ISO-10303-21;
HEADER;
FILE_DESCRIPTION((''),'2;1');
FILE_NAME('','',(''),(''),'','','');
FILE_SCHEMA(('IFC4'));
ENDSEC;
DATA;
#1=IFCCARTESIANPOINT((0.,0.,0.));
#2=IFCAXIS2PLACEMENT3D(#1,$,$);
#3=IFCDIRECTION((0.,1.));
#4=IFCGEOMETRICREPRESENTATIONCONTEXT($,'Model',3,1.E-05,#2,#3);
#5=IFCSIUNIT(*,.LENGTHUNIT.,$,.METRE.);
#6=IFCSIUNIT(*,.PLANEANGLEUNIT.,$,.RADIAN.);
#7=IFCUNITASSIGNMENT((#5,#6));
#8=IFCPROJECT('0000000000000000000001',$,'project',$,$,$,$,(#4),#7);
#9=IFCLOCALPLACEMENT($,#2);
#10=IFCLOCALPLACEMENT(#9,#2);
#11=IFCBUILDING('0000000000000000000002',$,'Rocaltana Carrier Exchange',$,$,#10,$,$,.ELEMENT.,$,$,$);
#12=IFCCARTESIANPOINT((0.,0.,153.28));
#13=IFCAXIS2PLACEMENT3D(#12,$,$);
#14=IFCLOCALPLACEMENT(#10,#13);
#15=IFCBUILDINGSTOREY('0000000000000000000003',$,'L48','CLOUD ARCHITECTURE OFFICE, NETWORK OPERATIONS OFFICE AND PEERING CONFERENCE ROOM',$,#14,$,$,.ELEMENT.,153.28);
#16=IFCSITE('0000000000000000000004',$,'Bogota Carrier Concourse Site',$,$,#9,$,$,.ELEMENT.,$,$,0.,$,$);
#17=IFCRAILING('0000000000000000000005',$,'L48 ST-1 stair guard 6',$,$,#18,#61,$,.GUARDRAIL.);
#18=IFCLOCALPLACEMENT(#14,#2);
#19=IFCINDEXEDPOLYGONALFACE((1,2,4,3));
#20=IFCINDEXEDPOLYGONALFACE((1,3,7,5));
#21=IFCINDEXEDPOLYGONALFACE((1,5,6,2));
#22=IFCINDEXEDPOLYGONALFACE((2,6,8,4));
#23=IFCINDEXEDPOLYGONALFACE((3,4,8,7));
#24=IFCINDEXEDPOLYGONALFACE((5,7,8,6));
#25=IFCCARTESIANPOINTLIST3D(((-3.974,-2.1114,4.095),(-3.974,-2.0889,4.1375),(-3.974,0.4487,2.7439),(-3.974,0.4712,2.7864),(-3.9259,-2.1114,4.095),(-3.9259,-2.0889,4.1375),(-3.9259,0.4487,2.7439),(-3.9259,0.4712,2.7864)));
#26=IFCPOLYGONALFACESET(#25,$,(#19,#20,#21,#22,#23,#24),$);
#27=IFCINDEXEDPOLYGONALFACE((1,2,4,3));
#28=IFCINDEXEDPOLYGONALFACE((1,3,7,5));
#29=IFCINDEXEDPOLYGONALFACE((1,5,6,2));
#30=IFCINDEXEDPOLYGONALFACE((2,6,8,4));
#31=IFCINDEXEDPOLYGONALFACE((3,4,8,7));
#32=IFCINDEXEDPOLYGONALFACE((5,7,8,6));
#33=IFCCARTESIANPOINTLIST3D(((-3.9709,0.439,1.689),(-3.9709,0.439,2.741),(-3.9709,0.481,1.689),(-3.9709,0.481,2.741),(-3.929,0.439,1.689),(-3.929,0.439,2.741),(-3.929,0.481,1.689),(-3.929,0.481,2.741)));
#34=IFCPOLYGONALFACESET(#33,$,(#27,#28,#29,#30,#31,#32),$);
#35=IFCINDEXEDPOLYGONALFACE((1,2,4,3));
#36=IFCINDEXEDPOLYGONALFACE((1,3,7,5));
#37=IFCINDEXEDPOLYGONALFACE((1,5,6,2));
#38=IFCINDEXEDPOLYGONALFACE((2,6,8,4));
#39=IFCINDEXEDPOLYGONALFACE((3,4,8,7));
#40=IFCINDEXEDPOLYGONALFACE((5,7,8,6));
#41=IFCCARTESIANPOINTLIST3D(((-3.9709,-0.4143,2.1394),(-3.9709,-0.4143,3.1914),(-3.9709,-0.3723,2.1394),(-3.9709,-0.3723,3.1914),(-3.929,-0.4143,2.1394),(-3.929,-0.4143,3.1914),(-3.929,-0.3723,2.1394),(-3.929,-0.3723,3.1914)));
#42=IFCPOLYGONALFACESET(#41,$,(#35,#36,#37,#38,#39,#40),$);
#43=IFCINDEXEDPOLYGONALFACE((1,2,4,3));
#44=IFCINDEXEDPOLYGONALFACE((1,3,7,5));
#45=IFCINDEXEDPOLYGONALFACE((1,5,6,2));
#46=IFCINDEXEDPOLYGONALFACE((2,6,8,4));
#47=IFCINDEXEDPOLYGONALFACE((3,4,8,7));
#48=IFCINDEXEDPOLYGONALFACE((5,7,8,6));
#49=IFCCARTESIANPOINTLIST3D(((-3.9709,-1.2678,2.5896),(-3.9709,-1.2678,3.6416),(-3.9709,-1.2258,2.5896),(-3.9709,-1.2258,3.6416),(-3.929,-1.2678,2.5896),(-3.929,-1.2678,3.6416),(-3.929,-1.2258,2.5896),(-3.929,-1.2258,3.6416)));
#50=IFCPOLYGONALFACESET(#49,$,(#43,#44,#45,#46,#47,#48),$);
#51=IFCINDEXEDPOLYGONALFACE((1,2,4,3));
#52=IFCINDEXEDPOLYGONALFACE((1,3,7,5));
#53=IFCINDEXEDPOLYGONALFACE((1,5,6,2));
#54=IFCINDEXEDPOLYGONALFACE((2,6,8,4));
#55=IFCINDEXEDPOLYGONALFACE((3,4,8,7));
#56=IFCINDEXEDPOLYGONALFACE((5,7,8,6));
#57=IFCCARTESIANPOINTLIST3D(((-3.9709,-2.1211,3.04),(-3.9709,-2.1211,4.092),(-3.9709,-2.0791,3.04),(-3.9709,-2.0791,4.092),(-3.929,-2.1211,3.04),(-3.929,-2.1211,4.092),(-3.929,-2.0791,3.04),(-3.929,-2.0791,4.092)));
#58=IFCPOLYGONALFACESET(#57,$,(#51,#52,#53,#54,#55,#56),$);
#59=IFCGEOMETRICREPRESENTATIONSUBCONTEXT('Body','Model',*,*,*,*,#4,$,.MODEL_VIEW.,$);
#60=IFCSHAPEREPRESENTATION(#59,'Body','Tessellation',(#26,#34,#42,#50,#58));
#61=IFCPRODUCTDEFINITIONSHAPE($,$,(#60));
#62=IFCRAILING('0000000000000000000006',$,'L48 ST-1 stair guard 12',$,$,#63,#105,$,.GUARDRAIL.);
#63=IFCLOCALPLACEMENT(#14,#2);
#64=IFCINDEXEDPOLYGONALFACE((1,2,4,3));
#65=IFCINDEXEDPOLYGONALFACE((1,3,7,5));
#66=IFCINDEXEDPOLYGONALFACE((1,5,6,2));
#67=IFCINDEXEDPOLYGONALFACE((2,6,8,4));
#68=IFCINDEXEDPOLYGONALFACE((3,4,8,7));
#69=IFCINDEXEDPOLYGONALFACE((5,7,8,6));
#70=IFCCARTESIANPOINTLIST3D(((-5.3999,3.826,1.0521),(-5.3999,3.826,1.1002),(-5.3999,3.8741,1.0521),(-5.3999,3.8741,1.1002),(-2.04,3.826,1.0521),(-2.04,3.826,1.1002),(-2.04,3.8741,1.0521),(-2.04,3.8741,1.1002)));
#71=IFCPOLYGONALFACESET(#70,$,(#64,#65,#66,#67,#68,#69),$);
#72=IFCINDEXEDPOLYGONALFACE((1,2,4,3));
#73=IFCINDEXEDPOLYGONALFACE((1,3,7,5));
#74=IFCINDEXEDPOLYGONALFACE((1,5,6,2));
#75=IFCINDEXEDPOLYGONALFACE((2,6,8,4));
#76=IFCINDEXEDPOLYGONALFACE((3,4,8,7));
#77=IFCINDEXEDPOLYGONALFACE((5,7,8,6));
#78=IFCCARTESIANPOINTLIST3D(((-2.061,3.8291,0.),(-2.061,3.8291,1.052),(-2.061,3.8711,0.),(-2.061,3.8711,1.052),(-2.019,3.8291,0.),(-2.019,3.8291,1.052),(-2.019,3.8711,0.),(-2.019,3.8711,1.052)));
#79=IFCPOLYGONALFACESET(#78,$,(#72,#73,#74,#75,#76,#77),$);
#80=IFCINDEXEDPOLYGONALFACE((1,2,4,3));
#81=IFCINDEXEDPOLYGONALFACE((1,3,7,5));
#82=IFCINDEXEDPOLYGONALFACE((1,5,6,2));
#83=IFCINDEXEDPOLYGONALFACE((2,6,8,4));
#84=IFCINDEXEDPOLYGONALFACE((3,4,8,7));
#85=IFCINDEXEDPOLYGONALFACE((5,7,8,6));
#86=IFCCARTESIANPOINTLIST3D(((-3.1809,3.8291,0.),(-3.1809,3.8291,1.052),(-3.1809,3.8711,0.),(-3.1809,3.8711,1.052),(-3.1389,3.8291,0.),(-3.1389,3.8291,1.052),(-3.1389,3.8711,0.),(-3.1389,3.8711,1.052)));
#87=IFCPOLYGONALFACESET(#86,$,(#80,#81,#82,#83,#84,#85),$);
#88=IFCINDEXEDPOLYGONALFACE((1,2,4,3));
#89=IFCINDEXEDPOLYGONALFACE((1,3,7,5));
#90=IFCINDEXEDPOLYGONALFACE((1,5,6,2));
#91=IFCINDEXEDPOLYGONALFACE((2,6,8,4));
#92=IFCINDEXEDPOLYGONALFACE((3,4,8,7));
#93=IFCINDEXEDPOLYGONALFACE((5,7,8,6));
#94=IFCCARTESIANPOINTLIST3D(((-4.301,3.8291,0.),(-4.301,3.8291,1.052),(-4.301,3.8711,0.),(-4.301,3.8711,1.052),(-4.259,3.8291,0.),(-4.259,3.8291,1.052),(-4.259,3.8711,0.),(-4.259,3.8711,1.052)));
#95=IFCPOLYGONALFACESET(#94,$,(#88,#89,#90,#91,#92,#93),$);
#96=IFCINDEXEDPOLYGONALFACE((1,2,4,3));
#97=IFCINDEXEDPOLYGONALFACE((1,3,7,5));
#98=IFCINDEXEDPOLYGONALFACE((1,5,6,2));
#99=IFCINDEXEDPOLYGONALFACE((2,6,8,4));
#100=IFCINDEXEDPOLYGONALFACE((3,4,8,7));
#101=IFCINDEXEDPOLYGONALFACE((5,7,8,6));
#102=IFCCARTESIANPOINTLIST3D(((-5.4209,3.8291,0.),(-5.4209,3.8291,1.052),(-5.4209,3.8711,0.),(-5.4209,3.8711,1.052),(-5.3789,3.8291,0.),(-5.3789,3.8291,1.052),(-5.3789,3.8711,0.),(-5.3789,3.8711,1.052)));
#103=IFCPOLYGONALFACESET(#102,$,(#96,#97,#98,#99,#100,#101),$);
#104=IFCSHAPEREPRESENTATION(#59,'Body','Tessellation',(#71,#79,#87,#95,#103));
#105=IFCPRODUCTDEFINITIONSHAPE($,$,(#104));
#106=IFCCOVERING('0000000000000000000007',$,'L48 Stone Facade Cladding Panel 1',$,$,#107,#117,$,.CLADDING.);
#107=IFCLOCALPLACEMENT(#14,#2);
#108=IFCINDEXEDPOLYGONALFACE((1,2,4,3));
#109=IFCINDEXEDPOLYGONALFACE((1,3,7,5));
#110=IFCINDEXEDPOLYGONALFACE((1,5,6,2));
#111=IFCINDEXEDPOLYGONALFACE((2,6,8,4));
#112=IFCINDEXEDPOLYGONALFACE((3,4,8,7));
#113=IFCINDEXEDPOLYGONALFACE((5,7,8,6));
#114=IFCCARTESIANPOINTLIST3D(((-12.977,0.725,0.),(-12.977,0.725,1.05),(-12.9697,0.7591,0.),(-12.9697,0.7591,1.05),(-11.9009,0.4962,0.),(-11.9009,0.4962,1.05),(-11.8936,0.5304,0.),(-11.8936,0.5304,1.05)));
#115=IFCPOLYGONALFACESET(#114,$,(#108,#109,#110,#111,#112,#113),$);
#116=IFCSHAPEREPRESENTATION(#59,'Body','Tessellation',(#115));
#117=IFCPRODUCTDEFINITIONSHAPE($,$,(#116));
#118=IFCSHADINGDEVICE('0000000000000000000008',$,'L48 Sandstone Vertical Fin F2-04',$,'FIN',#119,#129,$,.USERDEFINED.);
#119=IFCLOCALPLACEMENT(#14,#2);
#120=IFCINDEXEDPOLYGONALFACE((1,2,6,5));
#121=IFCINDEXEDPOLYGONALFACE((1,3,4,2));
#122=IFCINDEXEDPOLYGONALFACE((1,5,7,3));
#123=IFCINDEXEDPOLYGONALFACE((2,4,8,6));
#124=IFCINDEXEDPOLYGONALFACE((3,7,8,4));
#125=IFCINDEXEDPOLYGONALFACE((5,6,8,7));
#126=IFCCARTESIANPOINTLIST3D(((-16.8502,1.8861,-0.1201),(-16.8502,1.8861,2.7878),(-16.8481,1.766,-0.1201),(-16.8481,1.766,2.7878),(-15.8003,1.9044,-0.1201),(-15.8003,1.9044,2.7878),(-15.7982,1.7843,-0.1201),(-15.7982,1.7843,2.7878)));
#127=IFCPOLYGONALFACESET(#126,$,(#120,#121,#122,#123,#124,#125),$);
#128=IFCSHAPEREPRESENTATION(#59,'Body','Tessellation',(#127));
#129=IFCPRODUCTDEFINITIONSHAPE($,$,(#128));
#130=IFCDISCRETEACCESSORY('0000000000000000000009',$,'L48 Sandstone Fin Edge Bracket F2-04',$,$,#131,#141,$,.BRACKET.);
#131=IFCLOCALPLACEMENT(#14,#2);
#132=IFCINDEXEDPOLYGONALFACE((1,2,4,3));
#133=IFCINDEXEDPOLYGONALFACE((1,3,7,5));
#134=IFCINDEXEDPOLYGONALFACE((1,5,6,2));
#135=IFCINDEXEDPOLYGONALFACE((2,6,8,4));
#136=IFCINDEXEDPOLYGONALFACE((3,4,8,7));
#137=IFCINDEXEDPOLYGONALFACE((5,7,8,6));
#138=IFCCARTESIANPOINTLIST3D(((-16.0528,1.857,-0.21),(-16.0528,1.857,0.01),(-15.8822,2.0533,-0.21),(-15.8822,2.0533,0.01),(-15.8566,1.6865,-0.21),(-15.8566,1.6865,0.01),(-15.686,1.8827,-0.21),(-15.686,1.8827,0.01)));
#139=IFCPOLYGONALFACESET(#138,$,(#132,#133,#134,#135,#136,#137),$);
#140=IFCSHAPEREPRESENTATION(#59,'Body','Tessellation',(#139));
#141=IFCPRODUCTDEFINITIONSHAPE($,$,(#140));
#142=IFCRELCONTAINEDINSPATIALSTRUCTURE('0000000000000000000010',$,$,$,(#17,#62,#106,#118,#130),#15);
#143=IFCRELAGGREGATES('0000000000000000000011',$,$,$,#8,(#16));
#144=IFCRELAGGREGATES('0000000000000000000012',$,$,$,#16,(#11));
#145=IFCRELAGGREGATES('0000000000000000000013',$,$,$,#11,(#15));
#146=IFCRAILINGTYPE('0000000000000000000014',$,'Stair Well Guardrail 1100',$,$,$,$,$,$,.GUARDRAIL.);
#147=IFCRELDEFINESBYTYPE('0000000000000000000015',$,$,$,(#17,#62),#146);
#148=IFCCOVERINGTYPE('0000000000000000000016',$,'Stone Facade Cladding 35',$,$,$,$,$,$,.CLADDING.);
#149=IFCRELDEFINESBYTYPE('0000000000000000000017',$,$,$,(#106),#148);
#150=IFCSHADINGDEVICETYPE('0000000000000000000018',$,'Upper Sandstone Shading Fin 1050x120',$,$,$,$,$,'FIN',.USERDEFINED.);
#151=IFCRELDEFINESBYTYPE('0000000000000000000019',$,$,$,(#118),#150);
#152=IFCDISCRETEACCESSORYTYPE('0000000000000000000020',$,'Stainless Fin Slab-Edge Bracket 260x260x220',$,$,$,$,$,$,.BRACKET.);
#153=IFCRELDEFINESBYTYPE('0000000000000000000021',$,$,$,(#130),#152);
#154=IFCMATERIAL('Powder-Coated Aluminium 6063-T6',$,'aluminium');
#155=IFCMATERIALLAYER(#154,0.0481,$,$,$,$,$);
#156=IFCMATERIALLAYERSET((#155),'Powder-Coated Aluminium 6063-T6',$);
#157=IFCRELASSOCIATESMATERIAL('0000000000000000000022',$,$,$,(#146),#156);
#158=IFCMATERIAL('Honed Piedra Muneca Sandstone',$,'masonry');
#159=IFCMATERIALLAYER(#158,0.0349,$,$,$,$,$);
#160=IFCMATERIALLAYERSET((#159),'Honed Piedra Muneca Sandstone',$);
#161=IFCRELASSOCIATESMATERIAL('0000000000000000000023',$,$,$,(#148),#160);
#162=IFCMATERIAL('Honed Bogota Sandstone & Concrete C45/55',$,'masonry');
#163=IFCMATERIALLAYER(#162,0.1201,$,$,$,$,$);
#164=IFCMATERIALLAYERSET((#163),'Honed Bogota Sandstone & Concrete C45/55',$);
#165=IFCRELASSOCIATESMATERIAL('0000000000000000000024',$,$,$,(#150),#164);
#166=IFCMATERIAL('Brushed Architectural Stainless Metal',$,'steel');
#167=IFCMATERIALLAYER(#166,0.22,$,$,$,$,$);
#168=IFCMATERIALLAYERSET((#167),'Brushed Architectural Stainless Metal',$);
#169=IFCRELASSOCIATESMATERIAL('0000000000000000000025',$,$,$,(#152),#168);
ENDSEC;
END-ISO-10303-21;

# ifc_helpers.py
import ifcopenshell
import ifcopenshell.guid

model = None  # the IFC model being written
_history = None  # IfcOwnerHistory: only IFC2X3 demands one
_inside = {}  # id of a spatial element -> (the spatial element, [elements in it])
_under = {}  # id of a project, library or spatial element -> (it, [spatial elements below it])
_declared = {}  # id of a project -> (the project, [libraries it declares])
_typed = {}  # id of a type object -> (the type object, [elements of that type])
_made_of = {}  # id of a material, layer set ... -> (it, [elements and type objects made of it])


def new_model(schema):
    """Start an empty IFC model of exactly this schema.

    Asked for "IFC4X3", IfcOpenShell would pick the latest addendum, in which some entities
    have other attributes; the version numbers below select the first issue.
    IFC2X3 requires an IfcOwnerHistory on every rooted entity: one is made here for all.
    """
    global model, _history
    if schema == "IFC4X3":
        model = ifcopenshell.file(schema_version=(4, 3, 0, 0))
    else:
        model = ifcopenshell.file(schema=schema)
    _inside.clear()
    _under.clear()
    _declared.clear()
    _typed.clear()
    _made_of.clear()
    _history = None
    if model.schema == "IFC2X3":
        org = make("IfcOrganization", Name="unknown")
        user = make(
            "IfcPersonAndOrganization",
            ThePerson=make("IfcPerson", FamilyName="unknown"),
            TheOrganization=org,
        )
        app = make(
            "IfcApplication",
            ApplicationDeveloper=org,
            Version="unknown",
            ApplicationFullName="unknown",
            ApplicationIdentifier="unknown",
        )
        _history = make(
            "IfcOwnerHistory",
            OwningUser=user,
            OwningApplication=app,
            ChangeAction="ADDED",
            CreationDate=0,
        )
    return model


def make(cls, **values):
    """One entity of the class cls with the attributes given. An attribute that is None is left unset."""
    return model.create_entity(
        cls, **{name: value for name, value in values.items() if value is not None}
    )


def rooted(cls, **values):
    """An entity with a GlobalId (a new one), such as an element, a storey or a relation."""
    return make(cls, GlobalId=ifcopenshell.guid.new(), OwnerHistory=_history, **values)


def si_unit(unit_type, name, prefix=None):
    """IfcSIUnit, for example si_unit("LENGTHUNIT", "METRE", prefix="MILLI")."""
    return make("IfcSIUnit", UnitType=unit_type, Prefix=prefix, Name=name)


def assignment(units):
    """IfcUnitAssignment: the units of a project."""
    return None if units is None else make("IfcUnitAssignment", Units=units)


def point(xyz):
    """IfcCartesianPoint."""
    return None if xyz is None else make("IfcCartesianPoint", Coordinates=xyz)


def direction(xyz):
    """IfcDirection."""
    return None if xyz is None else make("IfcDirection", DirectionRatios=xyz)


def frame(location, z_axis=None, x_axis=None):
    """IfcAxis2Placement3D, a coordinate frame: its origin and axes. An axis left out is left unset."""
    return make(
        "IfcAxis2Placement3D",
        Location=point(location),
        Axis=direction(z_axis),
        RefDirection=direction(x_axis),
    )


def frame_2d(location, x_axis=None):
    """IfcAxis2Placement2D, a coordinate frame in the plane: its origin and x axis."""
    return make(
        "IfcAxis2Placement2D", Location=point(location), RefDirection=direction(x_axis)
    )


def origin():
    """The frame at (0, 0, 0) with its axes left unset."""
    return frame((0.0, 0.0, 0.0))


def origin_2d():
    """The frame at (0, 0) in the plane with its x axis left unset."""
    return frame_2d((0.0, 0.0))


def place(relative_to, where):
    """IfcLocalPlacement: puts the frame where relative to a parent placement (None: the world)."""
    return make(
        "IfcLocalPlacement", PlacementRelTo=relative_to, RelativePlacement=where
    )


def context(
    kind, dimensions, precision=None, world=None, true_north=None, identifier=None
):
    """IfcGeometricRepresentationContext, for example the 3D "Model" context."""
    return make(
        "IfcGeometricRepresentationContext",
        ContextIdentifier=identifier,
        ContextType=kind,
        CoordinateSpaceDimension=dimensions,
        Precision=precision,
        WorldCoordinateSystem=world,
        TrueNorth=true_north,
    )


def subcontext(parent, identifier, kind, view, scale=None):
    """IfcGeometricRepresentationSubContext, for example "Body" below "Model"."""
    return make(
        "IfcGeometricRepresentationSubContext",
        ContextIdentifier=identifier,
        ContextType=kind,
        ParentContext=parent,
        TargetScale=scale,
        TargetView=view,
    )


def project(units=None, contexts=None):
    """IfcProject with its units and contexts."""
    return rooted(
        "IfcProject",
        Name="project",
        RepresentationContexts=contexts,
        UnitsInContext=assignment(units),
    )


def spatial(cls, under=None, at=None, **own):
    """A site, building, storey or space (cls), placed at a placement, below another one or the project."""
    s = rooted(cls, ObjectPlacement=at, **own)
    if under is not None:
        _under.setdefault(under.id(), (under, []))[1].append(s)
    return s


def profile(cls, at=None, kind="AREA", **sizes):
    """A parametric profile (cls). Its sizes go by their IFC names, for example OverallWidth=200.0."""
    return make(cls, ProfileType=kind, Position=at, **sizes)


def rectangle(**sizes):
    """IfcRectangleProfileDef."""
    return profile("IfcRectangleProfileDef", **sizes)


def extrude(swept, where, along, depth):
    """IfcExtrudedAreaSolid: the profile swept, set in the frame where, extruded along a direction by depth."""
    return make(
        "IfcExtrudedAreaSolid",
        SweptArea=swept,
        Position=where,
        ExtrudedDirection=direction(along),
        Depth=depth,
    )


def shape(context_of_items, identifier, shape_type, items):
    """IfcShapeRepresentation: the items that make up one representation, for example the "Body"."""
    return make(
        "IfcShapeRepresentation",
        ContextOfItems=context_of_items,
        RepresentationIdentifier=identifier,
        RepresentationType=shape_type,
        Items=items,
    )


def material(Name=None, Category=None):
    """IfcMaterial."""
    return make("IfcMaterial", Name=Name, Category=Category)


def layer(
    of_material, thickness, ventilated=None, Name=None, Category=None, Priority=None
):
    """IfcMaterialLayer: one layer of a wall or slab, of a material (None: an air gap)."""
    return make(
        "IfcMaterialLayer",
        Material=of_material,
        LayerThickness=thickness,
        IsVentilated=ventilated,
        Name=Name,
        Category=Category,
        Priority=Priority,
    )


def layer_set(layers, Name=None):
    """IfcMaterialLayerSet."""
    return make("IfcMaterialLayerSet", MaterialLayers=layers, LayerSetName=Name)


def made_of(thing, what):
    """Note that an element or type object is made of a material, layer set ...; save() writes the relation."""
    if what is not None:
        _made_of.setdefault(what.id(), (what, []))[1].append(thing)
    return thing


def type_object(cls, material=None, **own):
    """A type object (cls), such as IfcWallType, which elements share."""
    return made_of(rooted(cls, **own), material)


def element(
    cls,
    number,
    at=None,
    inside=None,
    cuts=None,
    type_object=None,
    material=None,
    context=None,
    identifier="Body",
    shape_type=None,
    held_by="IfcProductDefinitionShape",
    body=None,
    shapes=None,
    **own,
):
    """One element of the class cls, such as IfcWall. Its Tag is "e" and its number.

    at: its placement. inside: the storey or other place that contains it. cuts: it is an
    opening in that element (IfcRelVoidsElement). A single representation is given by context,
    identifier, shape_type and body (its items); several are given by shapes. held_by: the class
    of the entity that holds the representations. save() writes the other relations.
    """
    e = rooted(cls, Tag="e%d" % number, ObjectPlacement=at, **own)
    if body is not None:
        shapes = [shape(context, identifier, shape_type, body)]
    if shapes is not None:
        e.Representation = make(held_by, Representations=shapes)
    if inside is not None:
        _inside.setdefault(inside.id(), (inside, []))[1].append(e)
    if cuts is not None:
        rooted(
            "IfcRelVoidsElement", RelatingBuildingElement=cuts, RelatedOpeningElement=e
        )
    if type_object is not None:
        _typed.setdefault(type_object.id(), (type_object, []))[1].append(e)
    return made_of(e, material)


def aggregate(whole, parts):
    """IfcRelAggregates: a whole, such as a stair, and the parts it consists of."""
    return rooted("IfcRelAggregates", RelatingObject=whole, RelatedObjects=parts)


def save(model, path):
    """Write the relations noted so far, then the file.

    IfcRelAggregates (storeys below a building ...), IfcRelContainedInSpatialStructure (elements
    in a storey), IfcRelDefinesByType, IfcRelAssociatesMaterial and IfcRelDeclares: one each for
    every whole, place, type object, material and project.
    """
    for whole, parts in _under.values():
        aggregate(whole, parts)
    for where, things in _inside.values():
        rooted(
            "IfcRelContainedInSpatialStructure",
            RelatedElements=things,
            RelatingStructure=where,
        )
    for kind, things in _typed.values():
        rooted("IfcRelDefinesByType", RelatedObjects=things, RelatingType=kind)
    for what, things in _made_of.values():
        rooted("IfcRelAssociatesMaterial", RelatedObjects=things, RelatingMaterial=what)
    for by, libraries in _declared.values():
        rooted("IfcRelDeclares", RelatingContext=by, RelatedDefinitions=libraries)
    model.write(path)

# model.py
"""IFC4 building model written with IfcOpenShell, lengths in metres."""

from ifc_helpers import new_model, si_unit, direction, frame, origin, origin_2d, place, context, subcontext, project, spatial, rectangle, extrude, material, layer, layer_set, type_object, element, save


model = new_model("IFC4")

# Units and contexts
model_context = context("Model", 3, precision=1e-05, world=origin(), true_north=direction((0.0, 1.0)))
body_context = subcontext(model_context, "Body", "Model", "MODEL_VIEW")
ifc_project = project(units=[si_unit("LENGTHUNIT", "METRE"), si_unit("PLANEANGLEUNIT", "RADIAN")], contexts=[model_context])

# Site, building, storey
site_placement = place(None, origin())
site = spatial("IfcSite", under=ifc_project, at=site_placement, Name="Bogota Carrier Concourse Site", CompositionType="ELEMENT", RefElevation=0.0)
building_placement = place(site_placement, origin())
building = spatial("IfcBuilding", under=site, at=building_placement, Name="Rocaltana Carrier Exchange", CompositionType="ELEMENT")
storey_placement = place(building_placement, frame((0.0, 0.0, 153.28)))
storey = spatial("IfcBuildingStorey", under=building, at=storey_placement, Name="L48", Description="CLOUD ARCHITECTURE OFFICE, NETWORK OPERATIONS OFFICE AND PEERING CONFERENCE ROOM", CompositionType="ELEMENT", Elevation=153.28)

# Railings
ifc_material_1 = material(Name="Powder-Coated Aluminium 6063-T6", Category="aluminium")
ifc_layer_1 = layer(ifc_material_1, 0.0481)
ifc_layer_set_1 = layer_set([ifc_layer_1], Name="Powder-Coated Aluminium 6063-T6")
railing_type_1 = type_object("IfcRailingType", Name="Stair Well Guardrail 1100", PredefinedType="GUARDRAIL", material=ifc_layer_set_1)
railing_1_placement = place(storey_placement, frame((-3.95, 0.46, 1.689)))
element("IfcRailing", 1, at=railing_1_placement, inside=storey, type_object=railing_type_1, Name="L48 ST-1 stair guard 6", PredefinedType="GUARDRAIL", context=body_context, shape_type="SweptSolid", body=[
    extrude(rectangle(XDim=0.0481, YDim=0.0481, at=origin_2d()), frame((0.0, 0.0, 1.0762), z_axis=(0.0, -0.884394, 0.46674), x_axis=(1.0, 0.0, 0.0)), (0.0, 0.0, 1.0), 2.8948),
    extrude(rectangle(XDim=0.042, YDim=0.042, at=origin_2d()), origin(), (0.0, 0.0, 1.0), 1.052),
    extrude(rectangle(XDim=0.042, YDim=0.042, at=origin_2d()), frame((0.0, -0.8533, 0.4504)), (0.0, 0.0, 1.0), 1.052),
    extrude(rectangle(XDim=0.042, YDim=0.042, at=origin_2d()), frame((0.0, -1.7068, 0.9006)), (0.0, 0.0, 1.0), 1.052),
    extrude(rectangle(XDim=0.042, YDim=0.042, at=origin_2d()), frame((0.0, -2.5601, 1.3511)), (0.0, 0.0, 1.0), 1.052),
])
railing_2_placement = place(storey_placement, frame((-2.04, 3.8501, 0.0)))
element("IfcRailing", 2, at=railing_2_placement, inside=storey, type_object=railing_type_1, Name="L48 ST-1 stair guard 12", PredefinedType="GUARDRAIL", context=body_context, shape_type="SweptSolid", body=[
    extrude(rectangle(XDim=0.0481, YDim=0.0481, at=origin_2d()), frame((0.0, 0.0, 1.0762), z_axis=(-1.0, 0.0, 0.0), x_axis=(0.0, -1.0, 0.0)), (0.0, 0.0, 1.0), 3.3599),
    extrude(rectangle(XDim=0.042, YDim=0.042, at=origin_2d()), origin(), (0.0, 0.0, 1.0), 1.052),
    extrude(rectangle(XDim=0.042, YDim=0.042, at=origin_2d()), frame((-1.1199, 0.0, 0.0)), (0.0, 0.0, 1.0), 1.052),
    extrude(rectangle(XDim=0.042, YDim=0.042, at=origin_2d()), frame((-2.24, 0.0, 0.0)), (0.0, 0.0, 1.0), 1.052),
    extrude(rectangle(XDim=0.042, YDim=0.042, at=origin_2d()), frame((-3.3599, 0.0, 0.0)), (0.0, 0.0, 1.0), 1.052),
])

# Covering
ifc_material_2 = material(Name="Honed Piedra Muneca Sandstone", Category="masonry")
ifc_layer_2 = layer(ifc_material_2, 0.0349)
ifc_layer_set_2 = layer_set([ifc_layer_2], Name="Honed Piedra Muneca Sandstone")
covering_type_1 = type_object("IfcCoveringType", Name="Stone Facade Cladding 35", PredefinedType="CLADDING", material=ifc_layer_set_2)
covering_1_placement = place(storey_placement, frame((-12.4353, 0.6277, 0.0), z_axis=(0.0, 0.0, 1.0), x_axis=(-0.978148, 0.207912, 0.0)))
element("IfcCovering", 3, at=covering_1_placement, inside=storey, type_object=covering_type_1, Name="L48 Stone Facade Cladding Panel 1", PredefinedType="CLADDING", context=body_context, shape_type="SweptSolid", body=[
    extrude(rectangle(XDim=1.1001, YDim=0.0349, at=origin_2d()), origin(), (0.0, 0.0, 1.0), 1.05),
])

# Shading device
ifc_material_3 = material(Name="Honed Bogota Sandstone & Concrete C45/55", Category="masonry")
ifc_layer_3 = layer(ifc_material_3, 0.1201)
ifc_layer_set_3 = layer_set([ifc_layer_3], Name="Honed Bogota Sandstone & Concrete C45/55")
shading_device_type = type_object("IfcShadingDeviceType", Name="Upper Sandstone Shading Fin 1050x120", ElementType="FIN", PredefinedType="USERDEFINED", material=ifc_layer_set_3)
shading_device_placement = place(storey_placement, frame((-16.3242, 1.8352, -0.1201), z_axis=(0.0, 0.0, 1.0), x_axis=(-0.999848, -0.017452, 0.0)))
element("IfcShadingDevice", 4, at=shading_device_placement, inside=storey, type_object=shading_device_type, Name="L48 Sandstone Vertical Fin F2-04", ObjectType="FIN", PredefinedType="USERDEFINED", context=body_context, shape_type="SweptSolid", body=[
    extrude(rectangle(XDim=1.05, YDim=0.1201, at=origin_2d()), origin(), (0.0, 0.0, 1.0), 2.908),
])

# Discrete accessory
ifc_material_4 = material(Name="Brushed Architectural Stainless Metal", Category="steel")
ifc_layer_4 = layer(ifc_material_4, 0.22)
ifc_layer_set_4 = layer_set([ifc_layer_4], Name="Brushed Architectural Stainless Metal")
discrete_accessory_type = type_object("IfcDiscreteAccessoryType", Name="Stainless Fin Slab-Edge Bracket 260x260x220", PredefinedType="BRACKET", material=ifc_layer_set_4)
discrete_accessory_placement = place(storey_placement, frame((-15.8694, 1.8699, -0.21), z_axis=(0.0, 0.0, 1.0), x_axis=(-0.656059, -0.75471, 0.0)))
element("IfcDiscreteAccessory", 5, at=discrete_accessory_placement, inside=storey, type_object=discrete_accessory_type, Name="L48 Sandstone Fin Edge Bracket F2-04", PredefinedType="BRACKET", context=body_context, shape_type="SweptSolid", body=[
    extrude(rectangle(XDim=0.26, YDim=0.26, at=origin_2d()), origin(), (0.0, 0.0, 1.0), 0.22),
])

save(model, "model.ifc")
